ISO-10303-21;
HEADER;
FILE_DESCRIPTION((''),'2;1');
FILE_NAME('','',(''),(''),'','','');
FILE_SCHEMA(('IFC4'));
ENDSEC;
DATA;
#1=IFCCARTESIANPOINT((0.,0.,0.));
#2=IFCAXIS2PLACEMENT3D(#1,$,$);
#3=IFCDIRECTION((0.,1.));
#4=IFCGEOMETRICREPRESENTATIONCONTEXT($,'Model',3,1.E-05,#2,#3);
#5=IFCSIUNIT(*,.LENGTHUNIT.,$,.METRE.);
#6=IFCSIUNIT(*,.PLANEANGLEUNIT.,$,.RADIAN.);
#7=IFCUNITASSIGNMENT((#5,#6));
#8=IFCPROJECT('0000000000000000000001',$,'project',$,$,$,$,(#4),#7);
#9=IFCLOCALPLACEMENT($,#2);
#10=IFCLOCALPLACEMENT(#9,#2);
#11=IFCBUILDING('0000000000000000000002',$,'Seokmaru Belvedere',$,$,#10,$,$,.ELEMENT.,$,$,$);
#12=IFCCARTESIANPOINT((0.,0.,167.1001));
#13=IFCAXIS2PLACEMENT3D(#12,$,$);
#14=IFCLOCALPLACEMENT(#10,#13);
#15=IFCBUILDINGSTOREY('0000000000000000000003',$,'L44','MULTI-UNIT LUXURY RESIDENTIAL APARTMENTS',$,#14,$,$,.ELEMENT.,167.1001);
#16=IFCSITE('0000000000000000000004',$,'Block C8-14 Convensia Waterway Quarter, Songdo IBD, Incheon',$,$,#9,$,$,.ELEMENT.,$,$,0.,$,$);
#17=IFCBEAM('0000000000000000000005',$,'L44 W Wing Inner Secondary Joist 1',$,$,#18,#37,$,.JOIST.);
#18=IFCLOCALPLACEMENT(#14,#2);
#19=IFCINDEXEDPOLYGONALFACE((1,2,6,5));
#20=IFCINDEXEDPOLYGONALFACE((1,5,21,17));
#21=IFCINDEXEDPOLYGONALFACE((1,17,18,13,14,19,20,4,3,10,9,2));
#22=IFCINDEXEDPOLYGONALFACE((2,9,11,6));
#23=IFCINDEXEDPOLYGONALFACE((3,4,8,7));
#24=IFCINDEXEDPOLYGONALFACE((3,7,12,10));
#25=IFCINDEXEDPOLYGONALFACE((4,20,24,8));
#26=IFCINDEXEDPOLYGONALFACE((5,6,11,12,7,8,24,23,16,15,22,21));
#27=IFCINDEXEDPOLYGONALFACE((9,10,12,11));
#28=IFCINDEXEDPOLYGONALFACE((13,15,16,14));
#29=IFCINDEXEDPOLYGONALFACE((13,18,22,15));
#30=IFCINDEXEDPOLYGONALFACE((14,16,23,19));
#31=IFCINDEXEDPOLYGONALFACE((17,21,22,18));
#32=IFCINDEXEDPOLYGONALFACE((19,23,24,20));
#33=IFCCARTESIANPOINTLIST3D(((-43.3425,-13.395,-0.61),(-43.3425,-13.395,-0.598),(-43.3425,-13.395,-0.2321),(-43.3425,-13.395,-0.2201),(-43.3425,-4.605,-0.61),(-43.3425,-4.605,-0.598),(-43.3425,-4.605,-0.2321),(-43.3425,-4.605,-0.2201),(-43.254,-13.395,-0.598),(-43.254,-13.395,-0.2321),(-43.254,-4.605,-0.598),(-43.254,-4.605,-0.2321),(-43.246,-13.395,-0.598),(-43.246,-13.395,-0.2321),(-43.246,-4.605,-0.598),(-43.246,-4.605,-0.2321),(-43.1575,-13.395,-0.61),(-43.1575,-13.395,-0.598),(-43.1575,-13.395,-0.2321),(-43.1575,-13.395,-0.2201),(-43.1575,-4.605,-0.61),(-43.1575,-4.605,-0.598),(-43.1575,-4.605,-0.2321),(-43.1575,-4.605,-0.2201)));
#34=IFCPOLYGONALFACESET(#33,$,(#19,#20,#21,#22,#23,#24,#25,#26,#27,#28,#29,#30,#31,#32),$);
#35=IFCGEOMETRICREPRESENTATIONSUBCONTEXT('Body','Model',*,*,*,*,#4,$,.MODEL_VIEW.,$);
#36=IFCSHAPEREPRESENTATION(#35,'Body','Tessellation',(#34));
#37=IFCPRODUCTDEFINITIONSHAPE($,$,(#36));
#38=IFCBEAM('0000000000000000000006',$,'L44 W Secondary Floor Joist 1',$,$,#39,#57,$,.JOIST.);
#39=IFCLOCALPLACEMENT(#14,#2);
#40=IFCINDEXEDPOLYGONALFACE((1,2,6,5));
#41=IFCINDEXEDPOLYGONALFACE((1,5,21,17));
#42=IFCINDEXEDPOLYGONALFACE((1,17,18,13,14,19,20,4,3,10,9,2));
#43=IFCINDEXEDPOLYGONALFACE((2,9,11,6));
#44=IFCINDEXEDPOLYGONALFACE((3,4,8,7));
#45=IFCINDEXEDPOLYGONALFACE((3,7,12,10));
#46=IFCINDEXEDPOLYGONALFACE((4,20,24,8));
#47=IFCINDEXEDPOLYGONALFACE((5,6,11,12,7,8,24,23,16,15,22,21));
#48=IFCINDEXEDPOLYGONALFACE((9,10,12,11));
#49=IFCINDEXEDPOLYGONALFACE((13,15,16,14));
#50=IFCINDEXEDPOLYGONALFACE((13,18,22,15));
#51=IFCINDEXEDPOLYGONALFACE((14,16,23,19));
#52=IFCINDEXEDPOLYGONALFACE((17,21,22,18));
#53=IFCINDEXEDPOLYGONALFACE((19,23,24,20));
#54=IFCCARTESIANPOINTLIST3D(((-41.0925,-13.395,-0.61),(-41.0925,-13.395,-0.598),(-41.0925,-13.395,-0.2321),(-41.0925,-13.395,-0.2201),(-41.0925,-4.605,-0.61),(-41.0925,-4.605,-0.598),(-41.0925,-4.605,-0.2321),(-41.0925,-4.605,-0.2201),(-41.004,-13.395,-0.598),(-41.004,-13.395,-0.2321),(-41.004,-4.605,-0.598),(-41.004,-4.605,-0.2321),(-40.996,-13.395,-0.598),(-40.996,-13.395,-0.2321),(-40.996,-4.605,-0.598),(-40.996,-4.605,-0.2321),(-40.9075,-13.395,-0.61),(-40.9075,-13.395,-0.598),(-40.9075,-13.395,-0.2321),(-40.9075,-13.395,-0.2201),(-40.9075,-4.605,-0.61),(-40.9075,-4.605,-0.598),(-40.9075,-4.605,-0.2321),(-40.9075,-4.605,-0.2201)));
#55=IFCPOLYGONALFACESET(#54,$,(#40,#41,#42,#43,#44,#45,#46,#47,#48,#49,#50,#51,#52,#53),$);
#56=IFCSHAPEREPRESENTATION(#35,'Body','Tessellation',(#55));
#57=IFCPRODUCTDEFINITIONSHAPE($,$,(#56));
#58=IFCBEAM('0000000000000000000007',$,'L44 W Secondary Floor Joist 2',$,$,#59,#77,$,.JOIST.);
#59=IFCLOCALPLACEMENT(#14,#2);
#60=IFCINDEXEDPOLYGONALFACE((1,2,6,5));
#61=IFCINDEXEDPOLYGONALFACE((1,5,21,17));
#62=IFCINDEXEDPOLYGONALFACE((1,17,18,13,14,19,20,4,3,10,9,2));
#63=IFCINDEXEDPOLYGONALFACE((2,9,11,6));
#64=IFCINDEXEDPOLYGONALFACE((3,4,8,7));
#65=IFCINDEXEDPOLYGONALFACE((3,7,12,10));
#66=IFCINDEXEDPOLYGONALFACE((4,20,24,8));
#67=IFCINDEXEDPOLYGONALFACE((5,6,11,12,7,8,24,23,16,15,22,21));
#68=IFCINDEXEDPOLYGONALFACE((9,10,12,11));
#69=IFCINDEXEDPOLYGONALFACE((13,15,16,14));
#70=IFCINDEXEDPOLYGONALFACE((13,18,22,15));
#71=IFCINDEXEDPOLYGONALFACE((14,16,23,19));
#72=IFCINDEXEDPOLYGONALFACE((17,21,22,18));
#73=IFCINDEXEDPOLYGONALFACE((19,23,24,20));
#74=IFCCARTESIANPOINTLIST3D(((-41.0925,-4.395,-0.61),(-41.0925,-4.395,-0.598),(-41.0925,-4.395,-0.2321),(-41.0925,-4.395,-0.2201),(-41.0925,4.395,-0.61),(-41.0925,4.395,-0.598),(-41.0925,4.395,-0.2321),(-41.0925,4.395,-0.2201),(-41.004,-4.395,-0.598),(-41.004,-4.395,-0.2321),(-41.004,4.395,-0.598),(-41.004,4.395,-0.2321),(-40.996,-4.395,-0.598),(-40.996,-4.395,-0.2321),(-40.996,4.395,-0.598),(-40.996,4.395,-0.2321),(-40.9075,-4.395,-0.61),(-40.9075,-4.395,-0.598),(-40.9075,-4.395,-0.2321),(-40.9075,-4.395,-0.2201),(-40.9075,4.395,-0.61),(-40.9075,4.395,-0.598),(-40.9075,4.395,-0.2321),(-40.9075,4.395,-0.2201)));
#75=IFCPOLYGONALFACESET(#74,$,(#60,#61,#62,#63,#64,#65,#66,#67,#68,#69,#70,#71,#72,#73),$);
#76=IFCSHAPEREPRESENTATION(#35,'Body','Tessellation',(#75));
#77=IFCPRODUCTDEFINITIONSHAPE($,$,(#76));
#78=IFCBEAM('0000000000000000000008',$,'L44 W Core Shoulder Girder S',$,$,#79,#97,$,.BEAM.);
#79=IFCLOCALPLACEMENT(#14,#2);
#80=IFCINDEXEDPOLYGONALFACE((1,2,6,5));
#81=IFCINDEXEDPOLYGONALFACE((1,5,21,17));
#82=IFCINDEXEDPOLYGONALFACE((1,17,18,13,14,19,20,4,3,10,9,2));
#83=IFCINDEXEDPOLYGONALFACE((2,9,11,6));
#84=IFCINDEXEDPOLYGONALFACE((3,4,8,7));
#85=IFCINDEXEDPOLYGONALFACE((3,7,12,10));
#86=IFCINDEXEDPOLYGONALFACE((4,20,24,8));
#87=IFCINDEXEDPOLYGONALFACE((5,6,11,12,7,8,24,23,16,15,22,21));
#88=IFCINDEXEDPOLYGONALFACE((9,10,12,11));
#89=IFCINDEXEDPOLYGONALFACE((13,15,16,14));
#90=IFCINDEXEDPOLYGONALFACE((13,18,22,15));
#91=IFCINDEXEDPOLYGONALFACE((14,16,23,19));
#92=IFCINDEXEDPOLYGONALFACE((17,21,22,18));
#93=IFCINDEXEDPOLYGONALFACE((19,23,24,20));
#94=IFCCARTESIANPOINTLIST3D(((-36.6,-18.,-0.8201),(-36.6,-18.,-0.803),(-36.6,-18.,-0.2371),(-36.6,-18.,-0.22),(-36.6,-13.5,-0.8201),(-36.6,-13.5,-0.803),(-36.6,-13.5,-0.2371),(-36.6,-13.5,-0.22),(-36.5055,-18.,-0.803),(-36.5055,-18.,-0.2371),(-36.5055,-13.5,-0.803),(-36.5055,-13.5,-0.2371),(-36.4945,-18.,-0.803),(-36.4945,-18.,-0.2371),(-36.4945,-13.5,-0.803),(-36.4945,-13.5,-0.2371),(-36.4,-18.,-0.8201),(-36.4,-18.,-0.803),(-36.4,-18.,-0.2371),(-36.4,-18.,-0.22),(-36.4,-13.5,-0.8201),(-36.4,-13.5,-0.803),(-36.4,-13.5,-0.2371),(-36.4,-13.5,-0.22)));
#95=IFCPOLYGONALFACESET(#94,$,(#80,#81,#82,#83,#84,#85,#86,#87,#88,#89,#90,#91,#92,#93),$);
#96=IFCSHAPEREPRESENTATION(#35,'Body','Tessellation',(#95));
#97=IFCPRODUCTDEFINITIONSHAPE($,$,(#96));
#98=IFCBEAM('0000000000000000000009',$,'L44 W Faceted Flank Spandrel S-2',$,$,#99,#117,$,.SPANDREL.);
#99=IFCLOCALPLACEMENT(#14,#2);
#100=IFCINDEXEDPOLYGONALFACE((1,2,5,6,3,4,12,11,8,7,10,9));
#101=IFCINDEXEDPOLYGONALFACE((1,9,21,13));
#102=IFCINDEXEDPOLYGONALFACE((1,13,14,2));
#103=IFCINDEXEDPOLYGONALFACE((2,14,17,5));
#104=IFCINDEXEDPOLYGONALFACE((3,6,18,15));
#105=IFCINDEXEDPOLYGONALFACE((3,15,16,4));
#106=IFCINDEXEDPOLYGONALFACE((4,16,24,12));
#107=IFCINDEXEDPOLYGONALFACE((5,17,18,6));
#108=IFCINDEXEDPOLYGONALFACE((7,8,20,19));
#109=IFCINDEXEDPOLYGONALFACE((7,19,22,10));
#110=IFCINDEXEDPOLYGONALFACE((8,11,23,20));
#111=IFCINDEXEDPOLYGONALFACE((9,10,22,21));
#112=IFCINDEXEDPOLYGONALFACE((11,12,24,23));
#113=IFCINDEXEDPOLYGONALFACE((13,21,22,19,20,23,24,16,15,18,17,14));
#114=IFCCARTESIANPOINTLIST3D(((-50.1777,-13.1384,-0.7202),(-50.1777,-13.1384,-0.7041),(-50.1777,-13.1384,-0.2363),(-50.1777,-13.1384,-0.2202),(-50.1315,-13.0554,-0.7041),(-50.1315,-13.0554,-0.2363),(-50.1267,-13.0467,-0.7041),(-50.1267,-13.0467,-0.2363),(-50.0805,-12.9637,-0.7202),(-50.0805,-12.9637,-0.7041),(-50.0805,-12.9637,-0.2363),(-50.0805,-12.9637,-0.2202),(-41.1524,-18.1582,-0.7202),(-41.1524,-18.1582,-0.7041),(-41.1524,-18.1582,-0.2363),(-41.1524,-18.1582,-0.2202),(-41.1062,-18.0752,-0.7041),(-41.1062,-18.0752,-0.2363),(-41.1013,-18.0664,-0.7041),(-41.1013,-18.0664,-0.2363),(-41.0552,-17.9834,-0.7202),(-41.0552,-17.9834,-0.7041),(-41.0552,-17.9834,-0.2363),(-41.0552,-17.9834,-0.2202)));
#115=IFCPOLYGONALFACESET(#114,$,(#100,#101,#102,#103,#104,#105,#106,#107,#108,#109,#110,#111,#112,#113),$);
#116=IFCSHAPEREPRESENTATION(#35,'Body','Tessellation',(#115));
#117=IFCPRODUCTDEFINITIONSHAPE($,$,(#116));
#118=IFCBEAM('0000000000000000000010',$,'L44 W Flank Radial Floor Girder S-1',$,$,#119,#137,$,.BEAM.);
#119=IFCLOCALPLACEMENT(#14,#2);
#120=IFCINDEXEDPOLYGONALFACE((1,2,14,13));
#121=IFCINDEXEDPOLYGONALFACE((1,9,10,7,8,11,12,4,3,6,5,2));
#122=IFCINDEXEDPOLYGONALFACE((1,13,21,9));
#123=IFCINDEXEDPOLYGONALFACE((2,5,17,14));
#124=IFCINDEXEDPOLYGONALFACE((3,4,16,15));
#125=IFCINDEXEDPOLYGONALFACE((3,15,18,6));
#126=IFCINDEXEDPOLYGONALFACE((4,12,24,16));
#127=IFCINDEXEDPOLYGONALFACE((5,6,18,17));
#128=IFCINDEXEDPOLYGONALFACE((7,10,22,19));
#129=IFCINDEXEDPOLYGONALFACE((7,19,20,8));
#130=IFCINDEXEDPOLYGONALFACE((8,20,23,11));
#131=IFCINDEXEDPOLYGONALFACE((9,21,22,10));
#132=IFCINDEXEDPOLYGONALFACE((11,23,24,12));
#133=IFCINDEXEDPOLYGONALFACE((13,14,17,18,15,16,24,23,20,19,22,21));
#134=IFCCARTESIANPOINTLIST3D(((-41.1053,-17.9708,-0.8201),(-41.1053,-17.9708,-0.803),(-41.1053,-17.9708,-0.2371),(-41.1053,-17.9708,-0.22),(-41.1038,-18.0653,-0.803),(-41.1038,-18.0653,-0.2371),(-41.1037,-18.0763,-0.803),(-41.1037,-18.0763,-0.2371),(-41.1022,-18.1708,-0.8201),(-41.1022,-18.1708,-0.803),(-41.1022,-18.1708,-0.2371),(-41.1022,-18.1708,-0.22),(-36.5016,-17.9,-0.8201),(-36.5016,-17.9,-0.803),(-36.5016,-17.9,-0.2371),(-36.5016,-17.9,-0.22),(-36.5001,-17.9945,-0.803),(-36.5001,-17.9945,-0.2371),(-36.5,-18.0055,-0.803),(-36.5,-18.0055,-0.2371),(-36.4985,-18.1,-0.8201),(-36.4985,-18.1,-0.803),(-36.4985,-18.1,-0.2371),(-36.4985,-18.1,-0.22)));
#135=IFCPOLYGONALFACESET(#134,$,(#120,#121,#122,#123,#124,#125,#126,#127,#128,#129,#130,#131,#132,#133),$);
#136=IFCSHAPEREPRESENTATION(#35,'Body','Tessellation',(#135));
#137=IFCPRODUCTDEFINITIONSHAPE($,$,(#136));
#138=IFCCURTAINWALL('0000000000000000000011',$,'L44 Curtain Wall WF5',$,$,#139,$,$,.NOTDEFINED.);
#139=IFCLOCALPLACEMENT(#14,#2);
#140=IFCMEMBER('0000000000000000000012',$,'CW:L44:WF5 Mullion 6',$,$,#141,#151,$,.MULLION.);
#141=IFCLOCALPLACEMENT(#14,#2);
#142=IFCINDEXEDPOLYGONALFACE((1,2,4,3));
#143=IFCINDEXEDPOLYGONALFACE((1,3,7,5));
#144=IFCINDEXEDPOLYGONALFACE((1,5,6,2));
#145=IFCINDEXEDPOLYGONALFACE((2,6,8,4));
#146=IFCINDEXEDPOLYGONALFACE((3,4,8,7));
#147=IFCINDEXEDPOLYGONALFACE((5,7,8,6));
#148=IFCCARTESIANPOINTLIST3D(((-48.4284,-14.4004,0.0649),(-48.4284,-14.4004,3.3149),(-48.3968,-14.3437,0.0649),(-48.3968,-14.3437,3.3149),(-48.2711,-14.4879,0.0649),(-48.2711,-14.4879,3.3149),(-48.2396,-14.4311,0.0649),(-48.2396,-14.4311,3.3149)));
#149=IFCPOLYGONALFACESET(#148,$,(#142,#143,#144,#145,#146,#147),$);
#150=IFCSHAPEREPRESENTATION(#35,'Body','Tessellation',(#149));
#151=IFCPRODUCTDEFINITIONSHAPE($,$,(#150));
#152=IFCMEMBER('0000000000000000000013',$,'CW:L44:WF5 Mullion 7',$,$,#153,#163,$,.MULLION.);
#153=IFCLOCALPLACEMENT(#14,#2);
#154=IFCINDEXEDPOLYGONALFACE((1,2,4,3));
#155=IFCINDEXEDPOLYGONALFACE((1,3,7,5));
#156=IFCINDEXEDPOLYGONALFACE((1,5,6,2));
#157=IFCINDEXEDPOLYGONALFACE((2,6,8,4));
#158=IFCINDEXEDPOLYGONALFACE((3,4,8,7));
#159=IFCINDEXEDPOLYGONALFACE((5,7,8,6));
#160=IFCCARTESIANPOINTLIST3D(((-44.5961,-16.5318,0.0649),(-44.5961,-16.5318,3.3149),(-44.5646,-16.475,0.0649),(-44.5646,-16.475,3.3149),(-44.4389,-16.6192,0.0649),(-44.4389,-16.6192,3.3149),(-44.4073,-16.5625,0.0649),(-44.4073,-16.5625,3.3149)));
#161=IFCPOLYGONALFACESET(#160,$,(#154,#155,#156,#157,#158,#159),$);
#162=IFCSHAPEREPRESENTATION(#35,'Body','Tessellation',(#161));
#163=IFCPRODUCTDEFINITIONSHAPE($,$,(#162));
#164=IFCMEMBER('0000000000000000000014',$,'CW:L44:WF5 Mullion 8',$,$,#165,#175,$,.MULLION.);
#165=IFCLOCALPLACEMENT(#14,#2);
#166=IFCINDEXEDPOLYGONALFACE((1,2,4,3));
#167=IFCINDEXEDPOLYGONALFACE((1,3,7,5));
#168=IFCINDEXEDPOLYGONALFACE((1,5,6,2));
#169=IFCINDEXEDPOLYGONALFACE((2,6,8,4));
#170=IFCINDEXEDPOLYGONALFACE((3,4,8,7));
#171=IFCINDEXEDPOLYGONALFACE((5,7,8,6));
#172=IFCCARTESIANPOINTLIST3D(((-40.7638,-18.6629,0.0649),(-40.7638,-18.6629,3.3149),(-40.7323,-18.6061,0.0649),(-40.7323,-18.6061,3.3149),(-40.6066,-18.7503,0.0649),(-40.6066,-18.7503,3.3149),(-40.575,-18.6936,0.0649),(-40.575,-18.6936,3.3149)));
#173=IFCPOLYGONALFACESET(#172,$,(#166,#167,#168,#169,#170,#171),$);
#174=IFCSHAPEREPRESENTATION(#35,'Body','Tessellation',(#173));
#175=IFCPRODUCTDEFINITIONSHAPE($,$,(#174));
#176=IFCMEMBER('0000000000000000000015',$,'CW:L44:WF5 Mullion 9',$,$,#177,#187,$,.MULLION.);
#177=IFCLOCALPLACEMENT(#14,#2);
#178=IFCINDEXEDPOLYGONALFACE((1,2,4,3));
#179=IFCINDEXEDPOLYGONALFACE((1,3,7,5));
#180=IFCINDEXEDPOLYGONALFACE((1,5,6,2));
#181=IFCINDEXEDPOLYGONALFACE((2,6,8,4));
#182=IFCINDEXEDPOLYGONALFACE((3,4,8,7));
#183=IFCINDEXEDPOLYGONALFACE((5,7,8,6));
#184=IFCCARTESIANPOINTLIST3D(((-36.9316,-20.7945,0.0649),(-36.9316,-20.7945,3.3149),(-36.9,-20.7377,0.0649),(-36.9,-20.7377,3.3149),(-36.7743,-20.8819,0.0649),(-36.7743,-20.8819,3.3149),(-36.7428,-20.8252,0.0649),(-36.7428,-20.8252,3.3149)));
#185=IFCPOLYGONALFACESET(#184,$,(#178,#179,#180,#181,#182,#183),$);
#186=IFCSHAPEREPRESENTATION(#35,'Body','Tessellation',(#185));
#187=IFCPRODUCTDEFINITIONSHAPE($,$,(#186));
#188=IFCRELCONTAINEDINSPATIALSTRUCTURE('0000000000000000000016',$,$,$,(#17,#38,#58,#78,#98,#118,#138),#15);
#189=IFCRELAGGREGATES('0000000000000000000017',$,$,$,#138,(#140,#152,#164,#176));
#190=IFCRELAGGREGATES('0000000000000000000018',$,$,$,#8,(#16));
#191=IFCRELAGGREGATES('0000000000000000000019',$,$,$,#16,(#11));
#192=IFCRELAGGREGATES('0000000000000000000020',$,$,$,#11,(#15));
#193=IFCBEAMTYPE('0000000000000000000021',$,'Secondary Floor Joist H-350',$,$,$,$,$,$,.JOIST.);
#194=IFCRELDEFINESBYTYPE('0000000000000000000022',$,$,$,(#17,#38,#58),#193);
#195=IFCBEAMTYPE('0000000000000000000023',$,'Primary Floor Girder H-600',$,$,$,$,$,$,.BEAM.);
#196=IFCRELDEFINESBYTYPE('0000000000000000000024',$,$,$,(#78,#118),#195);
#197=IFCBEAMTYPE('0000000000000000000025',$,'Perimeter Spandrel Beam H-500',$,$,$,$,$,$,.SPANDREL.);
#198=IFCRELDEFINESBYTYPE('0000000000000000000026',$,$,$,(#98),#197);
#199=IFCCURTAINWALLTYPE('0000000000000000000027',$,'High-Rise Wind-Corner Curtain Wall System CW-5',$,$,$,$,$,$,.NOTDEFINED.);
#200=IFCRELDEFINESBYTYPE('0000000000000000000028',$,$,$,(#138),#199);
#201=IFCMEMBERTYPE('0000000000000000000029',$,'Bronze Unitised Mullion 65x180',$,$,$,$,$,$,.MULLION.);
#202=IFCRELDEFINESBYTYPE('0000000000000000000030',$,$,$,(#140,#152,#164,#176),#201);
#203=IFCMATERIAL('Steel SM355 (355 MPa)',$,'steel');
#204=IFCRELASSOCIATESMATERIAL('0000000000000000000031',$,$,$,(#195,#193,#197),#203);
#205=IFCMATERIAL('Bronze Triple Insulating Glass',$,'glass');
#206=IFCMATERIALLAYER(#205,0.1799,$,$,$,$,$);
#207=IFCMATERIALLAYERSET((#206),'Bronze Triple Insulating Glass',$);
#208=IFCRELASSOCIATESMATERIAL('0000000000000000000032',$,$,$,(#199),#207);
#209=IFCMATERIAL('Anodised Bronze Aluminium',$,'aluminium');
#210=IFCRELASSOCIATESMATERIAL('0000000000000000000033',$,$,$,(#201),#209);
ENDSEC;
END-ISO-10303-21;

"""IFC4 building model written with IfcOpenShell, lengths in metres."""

from ifc_helpers import new_model, si_unit, direction, frame, origin, origin_2d, place, context, subcontext, project, spatial, rectangle, i_section, extrude, source, transform, mapped, material, layer, layer_set, material_profile, profile_set, type_object, type_shapes, element, aggregate, save


model = new_model("IFC4")

# Units and contexts
model_context = context("Model", 3, precision=1e-05, world=origin(), true_north=direction((0.0, 1.0)))
body_context = subcontext(model_context, "Body", "Model", "MODEL_VIEW")
ifc_project = project(units=[si_unit("LENGTHUNIT", "METRE"), si_unit("PLANEANGLEUNIT", "RADIAN")], contexts=[model_context])

# Site, building, storey
site_placement = place(None, origin())
site = spatial("IfcSite", under=ifc_project, at=site_placement, Name="Block C8-14 Convensia Waterway Quarter, Songdo IBD, Incheon", CompositionType="ELEMENT", RefElevation=0.0)
building_placement = place(site_placement, origin())
building = spatial("IfcBuilding", under=site, at=building_placement, Name="Seokmaru Belvedere", CompositionType="ELEMENT")
storey_placement = place(building_placement, frame((0.0, 0.0, 167.1001)))
storey = spatial("IfcBuildingStorey", under=building, at=storey_placement, Name="L44", Description="MULTI-UNIT LUXURY RESIDENTIAL APARTMENTS", CompositionType="ELEMENT", Elevation=167.1001)

# Shared definitions
ifc_material_1 = material(Name="Steel SM355 (355 MPa)", Category="steel")

# Beams
ifc_material_profile_1 = material_profile(ifc_material_1, i_section(OverallWidth=0.2, OverallDepth=0.6001, WebThickness=0.011, FlangeThickness=0.0171, at=origin_2d()), Name="H-600x200x11x17")
ifc_profile_set_1 = profile_set([ifc_material_profile_1], Name="Steel SM355 (355 MPa)")
beam_type_1 = type_object("IfcBeamType", Name="Primary Floor Girder H-600", PredefinedType="BEAM", material=ifc_profile_set_1)
ifc_material_profile_2 = material_profile(ifc_material_1, i_section(OverallWidth=0.1851, OverallDepth=0.3899, WebThickness=0.0081, FlangeThickness=0.012, at=origin_2d()), Name="H-390x185x8x12")
ifc_profile_set_2 = profile_set([ifc_material_profile_2], Name="Steel SM355 (355 MPa)")
beam_type_2 = type_object("IfcBeamType", Name="Secondary Floor Joist H-350", PredefinedType="JOIST", material=ifc_profile_set_2)
shared_shape_1 = source(origin(), body_context, "Body", "SweptSolid", [
    extrude(i_section(OverallWidth=0.1851, OverallDepth=0.3899, WebThickness=0.0081, FlangeThickness=0.012, at=origin_2d()), origin(), (0.0, 0.0, 1.0), 8.79),
])
type_shapes(beam_type_2, [shared_shape_1])
for number, where, z_axis, x_axis, name in (
    (1, (-43.25, -13.395, -0.415), (0.0, 1.0, 0.0), (-1.0, 0.0, 0.0), "L44 W Wing Inner Secondary Joist 1"),
    (2, (-41.0, -13.395, -0.415), (0.0, 1.0, 0.0), (-1.0, 0.0, 0.0), "L44 W Secondary Floor Joist 1"),
    (3, (-41.0, -4.395, -0.415), (0.0, 1.0, 0.0), (-1.0, 0.0, 0.0), "L44 W Secondary Floor Joist 2"),
):
    element("IfcBeam", number, at=place(storey_placement, frame(where, z_axis=z_axis, x_axis=x_axis)), inside=storey, type_object=beam_type_2, Name=name, PredefinedType="JOIST", context=body_context, shape_type="MappedRepresentation", body=[
        mapped(shared_shape_1, transform((0.0, 0.0, 0.0), scale=1.0)),
    ])
shared_shape_2 = source(origin(), body_context, "Body", "SweptSolid", [
    extrude(i_section(OverallWidth=0.2, OverallDepth=0.6001, WebThickness=0.011, FlangeThickness=0.0171, at=origin_2d()), origin(), (0.0, 0.0, 1.0), 4.5),
])
beam_1_placement = place(storey_placement, frame((-36.5, -18.0, -0.52), z_axis=(0.0, 1.0, 0.0), x_axis=(-1.0, 0.0, 0.0)))
element("IfcBeam", 4, at=beam_1_placement, inside=storey, type_object=beam_type_1, Name="L44 W Core Shoulder Girder S", PredefinedType="BEAM", context=body_context, shape_type="MappedRepresentation", body=[
    mapped(shared_shape_2, transform((0.0, 0.0, 0.0), scale=1.0)),
])
ifc_material_profile_3 = material_profile(ifc_material_1, i_section(OverallWidth=0.2, OverallDepth=0.5, WebThickness=0.01, FlangeThickness=0.0161, at=origin_2d()), Name="H-500x200x10x16")
ifc_profile_set_3 = profile_set([ifc_material_profile_3], Name="Steel SM355 (355 MPa)")
beam_type_3 = type_object("IfcBeamType", Name="Perimeter Spandrel Beam H-500", PredefinedType="SPANDREL", material=ifc_profile_set_3)
shared_shape_3 = source(origin(), body_context, "Body", "SweptSolid", [
    extrude(i_section(OverallWidth=0.2, OverallDepth=0.5, WebThickness=0.01, FlangeThickness=0.0161, at=origin_2d()), origin(), (0.0, 0.0, 1.0), 10.3274),
])
type_shapes(beam_type_3, [shared_shape_3])
beam_2_placement = place(storey_placement, frame((-41.1038, -18.0708, -0.4702), z_axis=(-0.873924, 0.486062, 0.0), x_axis=(-0.486062, -0.873924, 0.0)))
element("IfcBeam", 5, at=beam_2_placement, inside=storey, type_object=beam_type_3, Name="L44 W Faceted Flank Spandrel S-2", PredefinedType="SPANDREL", context=body_context, shape_type="MappedRepresentation", body=[
    mapped(shared_shape_3, transform((0.0, 0.0, 0.0), scale=1.0)),
])
shared_shape_4 = source(origin(), body_context, "Body", "SweptSolid", [
    extrude(i_section(OverallWidth=0.2, OverallDepth=0.6001, WebThickness=0.011, FlangeThickness=0.0171, at=origin_2d()), origin(), (0.0, 0.0, 1.0), 4.6042),
])
beam_3_placement = place(storey_placement, frame((-41.1038, -18.0708, -0.52), z_axis=(0.999882, 0.015377, 0.0), x_axis=(-0.015377, 0.999882, 0.0)))
element("IfcBeam", 6, at=beam_3_placement, inside=storey, type_object=beam_type_1, Name="L44 W Flank Radial Floor Girder S-1", PredefinedType="BEAM", context=body_context, shape_type="MappedRepresentation", body=[
    mapped(shared_shape_4, transform((0.0, 0.0, 0.0), scale=1.0)),
])

# Curtain wall, members
ifc_material_2 = material(Name="Bronze Triple Insulating Glass", Category="glass")
ifc_layer_1 = layer(ifc_material_2, 0.1799)
ifc_layer_set_1 = layer_set([ifc_layer_1], Name="Bronze Triple Insulating Glass")
curtain_wall_type = type_object("IfcCurtainWallType", Name="High-Rise Wind-Corner Curtain Wall System CW-5", PredefinedType="NOTDEFINED", material=ifc_layer_set_1)
curtain_wall_placement = place(storey_placement, origin())
curtain_wall = element("IfcCurtainWall", 7, at=curtain_wall_placement, inside=storey, type_object=curtain_wall_type, Name="L44 Curtain Wall WF5", PredefinedType="NOTDEFINED")
ifc_material_3 = material(Name="Anodised Bronze Aluminium", Category="aluminium")
ifc_material_profile_4 = material_profile(ifc_material_3, rectangle(XDim=0.0649, YDim=0.1799, at=origin_2d()), Name="CW-M-65x180")
ifc_profile_set_4 = profile_set([ifc_material_profile_4], Name="Anodised Bronze Aluminium")
member_type = type_object("IfcMemberType", Name="Bronze Unitised Mullion 65x180", PredefinedType="MULLION", material=ifc_profile_set_4)
shared_shape_5 = source(origin(), body_context, "Body", "SweptSolid", [
    extrude(rectangle(XDim=0.0649, YDim=0.1799, at=origin_2d()), origin(), (0.0, 0.0, 1.0), 3.25),
])
type_shapes(member_type, [shared_shape_5])
member_1_placement = place(storey_placement, frame((-48.334, -14.4158, 0.0649), z_axis=(0.0, 0.0, 1.0), x_axis=(0.486047, 0.873933, 0.0)))
member_1 = element("IfcMember", 8, at=member_1_placement, type_object=member_type, Name="CW:L44:WF5 Mullion 6", PredefinedType="MULLION", context=body_context, shape_type="MappedRepresentation", body=[
    mapped(shared_shape_5, transform((0.0, 0.0, 0.0), scale=1.0)),
])
member_2_placement = place(storey_placement, frame((-44.5017, -16.5471, 0.0649), z_axis=(0.0, 0.0, 1.0), x_axis=(0.486047, 0.873933, 0.0)))
member_2 = element("IfcMember", 9, at=member_2_placement, type_object=member_type, Name="CW:L44:WF5 Mullion 7", PredefinedType="MULLION", context=body_context, shape_type="MappedRepresentation", body=[
    mapped(shared_shape_5, transform((0.0, 0.0, 0.0), scale=1.0)),
])
member_3_placement = place(storey_placement, frame((-40.6694, -18.6782, 0.0649), z_axis=(0.0, 0.0, 1.0), x_axis=(0.486047, 0.873933, 0.0)))
member_3 = element("IfcMember", 10, at=member_3_placement, type_object=member_type, Name="CW:L44:WF5 Mullion 8", PredefinedType="MULLION", context=body_context, shape_type="MappedRepresentation", body=[
    mapped(shared_shape_5, transform((0.0, 0.0, 0.0), scale=1.0)),
])
member_4_placement = place(storey_placement, frame((-36.8372, -20.8098, 0.0649), z_axis=(0.0, 0.0, 1.0), x_axis=(0.486047, 0.873933, 0.0)))
member_4 = element("IfcMember", 11, at=member_4_placement, type_object=member_type, Name="CW:L44:WF5 Mullion 9", PredefinedType="MULLION", context=body_context, shape_type="MappedRepresentation", body=[
    mapped(shared_shape_5, transform((0.0, 0.0, 0.0), scale=1.0)),
])
aggregate(curtain_wall, [member_1, member_2, member_3, member_4])

save(model, "model.ifc")
